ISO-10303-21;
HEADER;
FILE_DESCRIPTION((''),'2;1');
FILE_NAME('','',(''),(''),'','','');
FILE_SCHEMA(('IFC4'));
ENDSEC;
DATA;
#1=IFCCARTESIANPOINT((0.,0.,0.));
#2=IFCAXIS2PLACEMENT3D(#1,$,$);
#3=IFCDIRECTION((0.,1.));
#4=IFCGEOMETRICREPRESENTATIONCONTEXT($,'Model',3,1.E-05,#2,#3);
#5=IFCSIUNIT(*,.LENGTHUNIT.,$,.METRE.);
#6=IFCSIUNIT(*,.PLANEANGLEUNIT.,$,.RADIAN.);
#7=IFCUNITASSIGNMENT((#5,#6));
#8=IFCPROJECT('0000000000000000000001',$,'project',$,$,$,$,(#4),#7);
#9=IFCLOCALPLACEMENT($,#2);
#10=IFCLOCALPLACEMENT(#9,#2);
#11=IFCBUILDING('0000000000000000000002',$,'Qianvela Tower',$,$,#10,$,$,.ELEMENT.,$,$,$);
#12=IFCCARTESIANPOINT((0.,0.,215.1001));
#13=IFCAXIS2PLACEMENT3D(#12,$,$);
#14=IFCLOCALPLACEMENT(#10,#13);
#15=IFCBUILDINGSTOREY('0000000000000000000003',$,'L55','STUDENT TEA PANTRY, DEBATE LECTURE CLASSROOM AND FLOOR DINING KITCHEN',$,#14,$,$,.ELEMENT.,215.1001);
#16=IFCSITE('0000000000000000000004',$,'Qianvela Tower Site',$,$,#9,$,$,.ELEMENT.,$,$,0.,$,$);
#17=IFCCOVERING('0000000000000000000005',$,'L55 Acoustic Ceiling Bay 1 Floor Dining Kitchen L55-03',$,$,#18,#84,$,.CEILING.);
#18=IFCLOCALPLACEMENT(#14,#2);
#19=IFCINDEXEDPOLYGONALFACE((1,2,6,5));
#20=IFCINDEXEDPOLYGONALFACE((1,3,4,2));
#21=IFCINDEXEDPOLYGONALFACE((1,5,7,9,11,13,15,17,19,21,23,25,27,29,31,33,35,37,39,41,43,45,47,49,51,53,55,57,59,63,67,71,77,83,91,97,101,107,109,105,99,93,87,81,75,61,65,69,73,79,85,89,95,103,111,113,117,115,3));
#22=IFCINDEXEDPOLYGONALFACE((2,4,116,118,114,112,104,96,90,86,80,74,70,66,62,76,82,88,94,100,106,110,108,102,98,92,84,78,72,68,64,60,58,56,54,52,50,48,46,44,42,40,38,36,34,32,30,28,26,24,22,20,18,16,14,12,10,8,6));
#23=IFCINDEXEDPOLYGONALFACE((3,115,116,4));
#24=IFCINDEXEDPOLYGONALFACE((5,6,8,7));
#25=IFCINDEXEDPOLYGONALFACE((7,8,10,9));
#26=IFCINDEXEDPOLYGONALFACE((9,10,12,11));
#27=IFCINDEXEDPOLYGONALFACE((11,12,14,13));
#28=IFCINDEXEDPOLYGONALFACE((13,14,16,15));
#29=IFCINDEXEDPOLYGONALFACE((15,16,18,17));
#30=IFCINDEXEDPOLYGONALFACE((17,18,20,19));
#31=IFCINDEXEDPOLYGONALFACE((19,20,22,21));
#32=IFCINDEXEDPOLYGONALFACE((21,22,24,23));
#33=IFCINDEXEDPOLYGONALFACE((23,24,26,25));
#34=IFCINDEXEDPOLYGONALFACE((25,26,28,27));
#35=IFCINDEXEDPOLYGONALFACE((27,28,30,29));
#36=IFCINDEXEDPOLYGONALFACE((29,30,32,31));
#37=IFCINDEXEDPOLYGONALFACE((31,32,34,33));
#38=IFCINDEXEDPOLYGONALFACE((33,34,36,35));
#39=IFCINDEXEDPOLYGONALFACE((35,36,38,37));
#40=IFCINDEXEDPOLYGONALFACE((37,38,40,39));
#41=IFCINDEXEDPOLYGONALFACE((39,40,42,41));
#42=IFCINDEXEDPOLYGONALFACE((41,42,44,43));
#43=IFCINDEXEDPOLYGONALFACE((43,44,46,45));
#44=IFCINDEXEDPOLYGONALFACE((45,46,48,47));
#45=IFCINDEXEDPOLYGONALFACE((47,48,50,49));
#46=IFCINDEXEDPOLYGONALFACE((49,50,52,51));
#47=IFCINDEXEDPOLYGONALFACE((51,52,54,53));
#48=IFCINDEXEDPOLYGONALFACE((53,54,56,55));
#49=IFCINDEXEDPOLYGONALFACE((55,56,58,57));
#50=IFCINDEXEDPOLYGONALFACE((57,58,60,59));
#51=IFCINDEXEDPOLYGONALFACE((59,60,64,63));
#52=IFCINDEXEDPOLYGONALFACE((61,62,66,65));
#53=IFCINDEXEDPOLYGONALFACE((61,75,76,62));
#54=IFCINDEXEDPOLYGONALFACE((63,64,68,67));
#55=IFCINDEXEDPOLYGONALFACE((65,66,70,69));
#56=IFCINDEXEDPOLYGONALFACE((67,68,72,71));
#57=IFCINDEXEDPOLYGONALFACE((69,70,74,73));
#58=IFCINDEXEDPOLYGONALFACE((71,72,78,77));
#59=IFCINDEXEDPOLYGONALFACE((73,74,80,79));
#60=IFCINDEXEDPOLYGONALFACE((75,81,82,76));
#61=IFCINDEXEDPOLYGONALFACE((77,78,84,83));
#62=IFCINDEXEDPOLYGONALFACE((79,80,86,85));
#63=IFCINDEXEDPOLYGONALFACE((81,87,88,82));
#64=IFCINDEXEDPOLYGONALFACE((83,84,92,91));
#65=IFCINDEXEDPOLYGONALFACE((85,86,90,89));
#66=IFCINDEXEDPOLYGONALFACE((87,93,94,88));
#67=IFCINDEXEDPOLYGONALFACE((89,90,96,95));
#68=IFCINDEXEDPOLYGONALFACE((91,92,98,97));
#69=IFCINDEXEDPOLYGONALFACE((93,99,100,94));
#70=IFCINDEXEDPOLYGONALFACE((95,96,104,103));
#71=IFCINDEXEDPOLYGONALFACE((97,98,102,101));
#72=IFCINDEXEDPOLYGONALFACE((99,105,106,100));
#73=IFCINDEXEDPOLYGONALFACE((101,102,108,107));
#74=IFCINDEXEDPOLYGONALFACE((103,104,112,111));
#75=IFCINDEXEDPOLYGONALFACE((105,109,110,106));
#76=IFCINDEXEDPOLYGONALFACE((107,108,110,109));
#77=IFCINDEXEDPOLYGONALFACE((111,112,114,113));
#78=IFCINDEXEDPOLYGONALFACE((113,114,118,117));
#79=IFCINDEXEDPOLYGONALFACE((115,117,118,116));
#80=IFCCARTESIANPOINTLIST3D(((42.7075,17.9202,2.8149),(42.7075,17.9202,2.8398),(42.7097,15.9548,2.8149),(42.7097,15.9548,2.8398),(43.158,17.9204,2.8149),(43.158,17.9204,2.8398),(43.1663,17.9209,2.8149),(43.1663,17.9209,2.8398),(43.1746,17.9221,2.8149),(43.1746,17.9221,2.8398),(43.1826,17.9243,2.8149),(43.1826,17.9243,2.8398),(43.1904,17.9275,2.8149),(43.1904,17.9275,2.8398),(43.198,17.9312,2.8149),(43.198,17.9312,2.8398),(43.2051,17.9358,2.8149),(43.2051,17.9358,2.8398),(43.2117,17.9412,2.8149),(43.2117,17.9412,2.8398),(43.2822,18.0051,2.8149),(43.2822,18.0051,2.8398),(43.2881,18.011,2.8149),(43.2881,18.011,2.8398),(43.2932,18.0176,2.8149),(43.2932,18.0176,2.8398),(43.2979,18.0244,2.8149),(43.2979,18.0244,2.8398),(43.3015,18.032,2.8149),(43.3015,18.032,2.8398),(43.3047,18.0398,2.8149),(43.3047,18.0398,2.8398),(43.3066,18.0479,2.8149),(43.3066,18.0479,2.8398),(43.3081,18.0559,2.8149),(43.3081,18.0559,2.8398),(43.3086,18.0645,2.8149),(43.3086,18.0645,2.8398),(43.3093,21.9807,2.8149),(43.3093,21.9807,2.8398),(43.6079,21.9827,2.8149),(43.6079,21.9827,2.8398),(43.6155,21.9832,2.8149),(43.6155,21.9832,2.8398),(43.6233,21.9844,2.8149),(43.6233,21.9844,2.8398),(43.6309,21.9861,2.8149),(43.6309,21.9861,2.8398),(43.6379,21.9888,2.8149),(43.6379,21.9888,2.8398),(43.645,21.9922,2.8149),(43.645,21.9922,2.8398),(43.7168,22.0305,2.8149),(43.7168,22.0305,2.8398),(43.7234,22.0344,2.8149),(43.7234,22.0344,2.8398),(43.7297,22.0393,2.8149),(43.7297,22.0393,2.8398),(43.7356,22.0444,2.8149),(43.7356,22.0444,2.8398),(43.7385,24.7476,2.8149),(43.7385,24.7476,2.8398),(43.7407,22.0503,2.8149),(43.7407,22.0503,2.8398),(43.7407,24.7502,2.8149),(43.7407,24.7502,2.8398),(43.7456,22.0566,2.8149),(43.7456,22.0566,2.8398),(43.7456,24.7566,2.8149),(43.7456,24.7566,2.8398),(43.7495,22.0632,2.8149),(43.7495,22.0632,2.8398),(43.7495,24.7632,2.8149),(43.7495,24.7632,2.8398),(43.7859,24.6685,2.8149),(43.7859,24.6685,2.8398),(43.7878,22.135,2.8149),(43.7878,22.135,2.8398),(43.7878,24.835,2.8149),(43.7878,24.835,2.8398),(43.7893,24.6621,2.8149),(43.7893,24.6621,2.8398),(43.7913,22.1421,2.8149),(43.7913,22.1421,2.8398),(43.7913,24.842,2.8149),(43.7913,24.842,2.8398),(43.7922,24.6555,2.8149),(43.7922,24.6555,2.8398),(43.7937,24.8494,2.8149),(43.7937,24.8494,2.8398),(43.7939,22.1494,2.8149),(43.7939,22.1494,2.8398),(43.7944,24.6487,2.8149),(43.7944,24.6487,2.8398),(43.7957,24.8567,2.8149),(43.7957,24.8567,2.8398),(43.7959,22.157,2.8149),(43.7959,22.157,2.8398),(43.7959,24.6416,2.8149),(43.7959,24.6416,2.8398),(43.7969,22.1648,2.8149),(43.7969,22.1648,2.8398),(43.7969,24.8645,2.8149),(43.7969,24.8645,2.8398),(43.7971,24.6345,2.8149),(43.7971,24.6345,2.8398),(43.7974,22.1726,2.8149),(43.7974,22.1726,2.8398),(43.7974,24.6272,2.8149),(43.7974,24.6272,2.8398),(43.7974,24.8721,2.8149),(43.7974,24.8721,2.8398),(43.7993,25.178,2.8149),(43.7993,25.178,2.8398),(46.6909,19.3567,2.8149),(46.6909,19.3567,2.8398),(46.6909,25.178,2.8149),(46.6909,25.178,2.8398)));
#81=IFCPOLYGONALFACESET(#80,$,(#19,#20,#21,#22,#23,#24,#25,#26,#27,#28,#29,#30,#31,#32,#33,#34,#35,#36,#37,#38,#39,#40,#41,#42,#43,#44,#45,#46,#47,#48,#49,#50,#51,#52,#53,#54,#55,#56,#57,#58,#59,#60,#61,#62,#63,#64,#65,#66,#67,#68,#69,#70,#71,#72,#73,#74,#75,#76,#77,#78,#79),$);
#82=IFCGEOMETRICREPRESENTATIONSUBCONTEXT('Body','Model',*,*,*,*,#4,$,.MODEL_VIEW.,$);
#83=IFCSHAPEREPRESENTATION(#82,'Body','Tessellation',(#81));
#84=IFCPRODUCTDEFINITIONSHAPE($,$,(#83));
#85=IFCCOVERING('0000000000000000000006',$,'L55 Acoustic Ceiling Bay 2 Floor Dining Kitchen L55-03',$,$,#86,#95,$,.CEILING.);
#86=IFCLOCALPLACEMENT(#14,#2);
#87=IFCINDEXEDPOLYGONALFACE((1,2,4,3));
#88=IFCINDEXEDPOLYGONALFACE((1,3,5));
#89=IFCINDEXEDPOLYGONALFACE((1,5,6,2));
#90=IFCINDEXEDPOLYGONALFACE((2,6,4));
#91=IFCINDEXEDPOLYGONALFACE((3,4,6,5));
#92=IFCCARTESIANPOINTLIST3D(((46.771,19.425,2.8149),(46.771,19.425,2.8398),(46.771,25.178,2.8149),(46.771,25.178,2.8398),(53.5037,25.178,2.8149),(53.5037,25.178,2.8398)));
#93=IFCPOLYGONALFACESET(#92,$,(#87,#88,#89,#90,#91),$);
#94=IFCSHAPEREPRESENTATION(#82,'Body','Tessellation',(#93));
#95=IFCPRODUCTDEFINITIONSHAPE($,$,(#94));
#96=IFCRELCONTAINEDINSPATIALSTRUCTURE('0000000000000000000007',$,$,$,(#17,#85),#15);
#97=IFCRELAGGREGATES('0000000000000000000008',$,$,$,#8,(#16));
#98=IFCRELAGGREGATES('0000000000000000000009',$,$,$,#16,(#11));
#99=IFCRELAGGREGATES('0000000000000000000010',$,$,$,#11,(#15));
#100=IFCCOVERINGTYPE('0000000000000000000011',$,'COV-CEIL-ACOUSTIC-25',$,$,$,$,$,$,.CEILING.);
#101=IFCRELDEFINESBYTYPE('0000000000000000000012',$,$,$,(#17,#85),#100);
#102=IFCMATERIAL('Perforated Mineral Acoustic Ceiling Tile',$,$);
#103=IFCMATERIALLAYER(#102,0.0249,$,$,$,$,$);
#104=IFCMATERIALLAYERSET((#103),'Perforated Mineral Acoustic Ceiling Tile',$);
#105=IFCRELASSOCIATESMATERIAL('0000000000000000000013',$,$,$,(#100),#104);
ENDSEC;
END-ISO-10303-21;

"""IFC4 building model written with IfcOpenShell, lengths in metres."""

from ifc_helpers import new_model, si_unit, direction, frame, origin, place, context, subcontext, project, spatial, polyline, outline, extrude, material, layer, layer_set, type_object, element, save


model = new_model("IFC4")

# Units and contexts
model_context = context("Model", 3, precision=1e-05, world=origin(), true_north=direction((0.0, 1.0)))
body_context = subcontext(model_context, "Body", "Model", "MODEL_VIEW")
ifc_project = project(units=[si_unit("LENGTHUNIT", "METRE"), si_unit("PLANEANGLEUNIT", "RADIAN")], contexts=[model_context])

# Site, building, storey
site_placement = place(None, origin())
site = spatial("IfcSite", under=ifc_project, at=site_placement, Name="Qianvela Tower Site", CompositionType="ELEMENT", RefElevation=0.0)
building_placement = place(site_placement, origin())
building = spatial("IfcBuilding", under=site, at=building_placement, Name="Qianvela Tower", CompositionType="ELEMENT")
storey_placement = place(building_placement, frame((0.0, 0.0, 215.1001)))
storey = spatial("IfcBuildingStorey", under=building, at=storey_placement, Name="L55", Description="STUDENT TEA PANTRY, DEBATE LECTURE CLASSROOM AND FLOOR DINING KITCHEN", CompositionType="ELEMENT", Elevation=215.1001)

# Coverings
ifc_material_1 = material(Name="Perforated Mineral Acoustic Ceiling Tile")
ifc_layer_1 = layer(ifc_material_1, 0.0249)
ifc_layer_set_1 = layer_set([ifc_layer_1], Name="Perforated Mineral Acoustic Ceiling Tile")
covering_type_1 = type_object("IfcCoveringType", Name="COV-CEIL-ACOUSTIC-25", PredefinedType="CEILING", material=ifc_layer_set_1)
covering_1_placement = place(storey_placement, frame((0.0, 0.0, 2.8149)))
element("IfcCovering", 1, at=covering_1_placement, inside=storey, type_object=covering_type_1, Name="L55 Acoustic Ceiling Bay 1 Floor Dining Kitchen L55-03", PredefinedType="CEILING", context=body_context, shape_type="SweptSolid", body=[
    extrude(outline(polyline([(43.7407, 24.7502), (43.7456, 24.7566), (43.7495, 24.7632), (43.7878, 24.835), (43.7913, 24.842), (43.7937, 24.8494), (43.7957, 24.8567), (43.7969, 24.8645), (43.7974, 24.8721), (43.7993, 25.178), (46.6909, 25.178), (46.6909, 19.3567), (42.7097, 15.9548), (42.7075, 17.9202), (43.158, 17.9204), (43.1663, 17.9209), (43.1746, 17.9221), (43.1826, 17.9243), (43.1904, 17.9275), (43.198, 17.9312), (43.2051, 17.9358), (43.2117, 17.9412), (43.2822, 18.0051), (43.2881, 18.011), (43.2932, 18.0176), (43.2979, 18.0244), (43.3015, 18.032), (43.3047, 18.0398), (43.3066, 18.0479), (43.3081, 18.0559), (43.3086, 18.0645), (43.3093, 21.9807), (43.6079, 21.9827), (43.6155, 21.9832), (43.6233, 21.9844), (43.6309, 21.9861), (43.6379, 21.9888), (43.645, 21.9922), (43.7168, 22.0305), (43.7234, 22.0344), (43.7297, 22.0393), (43.7356, 22.0444), (43.7407, 22.0503), (43.7456, 22.0566), (43.7495, 22.0632), (43.7878, 22.135), (43.7913, 22.1421), (43.7939, 22.1494), (43.7959, 22.157), (43.7969, 22.1648), (43.7974, 22.1726), (43.7974, 24.6272), (43.7971, 24.6345), (43.7959, 24.6416), (43.7944, 24.6487), (43.7922, 24.6555), (43.7893, 24.6621), (43.7859, 24.6685), (43.7385, 24.7476), (43.7407, 24.7502)])), origin(), (0.0, 0.0, 1.0), 0.0249),
])
covering_2_placement = place(storey_placement, frame((0.0, 0.0, 2.8149)))
element("IfcCovering", 2, at=covering_2_placement, inside=storey, type_object=covering_type_1, Name="L55 Acoustic Ceiling Bay 2 Floor Dining Kitchen L55-03", PredefinedType="CEILING", context=body_context, shape_type="SweptSolid", body=[
    extrude(outline(polyline([(53.5037, 25.178), (46.771, 19.425), (46.771, 25.178), (53.5037, 25.178)])), origin(), (0.0, 0.0, 1.0), 0.0249),
])

save(model, "model.ifc")
